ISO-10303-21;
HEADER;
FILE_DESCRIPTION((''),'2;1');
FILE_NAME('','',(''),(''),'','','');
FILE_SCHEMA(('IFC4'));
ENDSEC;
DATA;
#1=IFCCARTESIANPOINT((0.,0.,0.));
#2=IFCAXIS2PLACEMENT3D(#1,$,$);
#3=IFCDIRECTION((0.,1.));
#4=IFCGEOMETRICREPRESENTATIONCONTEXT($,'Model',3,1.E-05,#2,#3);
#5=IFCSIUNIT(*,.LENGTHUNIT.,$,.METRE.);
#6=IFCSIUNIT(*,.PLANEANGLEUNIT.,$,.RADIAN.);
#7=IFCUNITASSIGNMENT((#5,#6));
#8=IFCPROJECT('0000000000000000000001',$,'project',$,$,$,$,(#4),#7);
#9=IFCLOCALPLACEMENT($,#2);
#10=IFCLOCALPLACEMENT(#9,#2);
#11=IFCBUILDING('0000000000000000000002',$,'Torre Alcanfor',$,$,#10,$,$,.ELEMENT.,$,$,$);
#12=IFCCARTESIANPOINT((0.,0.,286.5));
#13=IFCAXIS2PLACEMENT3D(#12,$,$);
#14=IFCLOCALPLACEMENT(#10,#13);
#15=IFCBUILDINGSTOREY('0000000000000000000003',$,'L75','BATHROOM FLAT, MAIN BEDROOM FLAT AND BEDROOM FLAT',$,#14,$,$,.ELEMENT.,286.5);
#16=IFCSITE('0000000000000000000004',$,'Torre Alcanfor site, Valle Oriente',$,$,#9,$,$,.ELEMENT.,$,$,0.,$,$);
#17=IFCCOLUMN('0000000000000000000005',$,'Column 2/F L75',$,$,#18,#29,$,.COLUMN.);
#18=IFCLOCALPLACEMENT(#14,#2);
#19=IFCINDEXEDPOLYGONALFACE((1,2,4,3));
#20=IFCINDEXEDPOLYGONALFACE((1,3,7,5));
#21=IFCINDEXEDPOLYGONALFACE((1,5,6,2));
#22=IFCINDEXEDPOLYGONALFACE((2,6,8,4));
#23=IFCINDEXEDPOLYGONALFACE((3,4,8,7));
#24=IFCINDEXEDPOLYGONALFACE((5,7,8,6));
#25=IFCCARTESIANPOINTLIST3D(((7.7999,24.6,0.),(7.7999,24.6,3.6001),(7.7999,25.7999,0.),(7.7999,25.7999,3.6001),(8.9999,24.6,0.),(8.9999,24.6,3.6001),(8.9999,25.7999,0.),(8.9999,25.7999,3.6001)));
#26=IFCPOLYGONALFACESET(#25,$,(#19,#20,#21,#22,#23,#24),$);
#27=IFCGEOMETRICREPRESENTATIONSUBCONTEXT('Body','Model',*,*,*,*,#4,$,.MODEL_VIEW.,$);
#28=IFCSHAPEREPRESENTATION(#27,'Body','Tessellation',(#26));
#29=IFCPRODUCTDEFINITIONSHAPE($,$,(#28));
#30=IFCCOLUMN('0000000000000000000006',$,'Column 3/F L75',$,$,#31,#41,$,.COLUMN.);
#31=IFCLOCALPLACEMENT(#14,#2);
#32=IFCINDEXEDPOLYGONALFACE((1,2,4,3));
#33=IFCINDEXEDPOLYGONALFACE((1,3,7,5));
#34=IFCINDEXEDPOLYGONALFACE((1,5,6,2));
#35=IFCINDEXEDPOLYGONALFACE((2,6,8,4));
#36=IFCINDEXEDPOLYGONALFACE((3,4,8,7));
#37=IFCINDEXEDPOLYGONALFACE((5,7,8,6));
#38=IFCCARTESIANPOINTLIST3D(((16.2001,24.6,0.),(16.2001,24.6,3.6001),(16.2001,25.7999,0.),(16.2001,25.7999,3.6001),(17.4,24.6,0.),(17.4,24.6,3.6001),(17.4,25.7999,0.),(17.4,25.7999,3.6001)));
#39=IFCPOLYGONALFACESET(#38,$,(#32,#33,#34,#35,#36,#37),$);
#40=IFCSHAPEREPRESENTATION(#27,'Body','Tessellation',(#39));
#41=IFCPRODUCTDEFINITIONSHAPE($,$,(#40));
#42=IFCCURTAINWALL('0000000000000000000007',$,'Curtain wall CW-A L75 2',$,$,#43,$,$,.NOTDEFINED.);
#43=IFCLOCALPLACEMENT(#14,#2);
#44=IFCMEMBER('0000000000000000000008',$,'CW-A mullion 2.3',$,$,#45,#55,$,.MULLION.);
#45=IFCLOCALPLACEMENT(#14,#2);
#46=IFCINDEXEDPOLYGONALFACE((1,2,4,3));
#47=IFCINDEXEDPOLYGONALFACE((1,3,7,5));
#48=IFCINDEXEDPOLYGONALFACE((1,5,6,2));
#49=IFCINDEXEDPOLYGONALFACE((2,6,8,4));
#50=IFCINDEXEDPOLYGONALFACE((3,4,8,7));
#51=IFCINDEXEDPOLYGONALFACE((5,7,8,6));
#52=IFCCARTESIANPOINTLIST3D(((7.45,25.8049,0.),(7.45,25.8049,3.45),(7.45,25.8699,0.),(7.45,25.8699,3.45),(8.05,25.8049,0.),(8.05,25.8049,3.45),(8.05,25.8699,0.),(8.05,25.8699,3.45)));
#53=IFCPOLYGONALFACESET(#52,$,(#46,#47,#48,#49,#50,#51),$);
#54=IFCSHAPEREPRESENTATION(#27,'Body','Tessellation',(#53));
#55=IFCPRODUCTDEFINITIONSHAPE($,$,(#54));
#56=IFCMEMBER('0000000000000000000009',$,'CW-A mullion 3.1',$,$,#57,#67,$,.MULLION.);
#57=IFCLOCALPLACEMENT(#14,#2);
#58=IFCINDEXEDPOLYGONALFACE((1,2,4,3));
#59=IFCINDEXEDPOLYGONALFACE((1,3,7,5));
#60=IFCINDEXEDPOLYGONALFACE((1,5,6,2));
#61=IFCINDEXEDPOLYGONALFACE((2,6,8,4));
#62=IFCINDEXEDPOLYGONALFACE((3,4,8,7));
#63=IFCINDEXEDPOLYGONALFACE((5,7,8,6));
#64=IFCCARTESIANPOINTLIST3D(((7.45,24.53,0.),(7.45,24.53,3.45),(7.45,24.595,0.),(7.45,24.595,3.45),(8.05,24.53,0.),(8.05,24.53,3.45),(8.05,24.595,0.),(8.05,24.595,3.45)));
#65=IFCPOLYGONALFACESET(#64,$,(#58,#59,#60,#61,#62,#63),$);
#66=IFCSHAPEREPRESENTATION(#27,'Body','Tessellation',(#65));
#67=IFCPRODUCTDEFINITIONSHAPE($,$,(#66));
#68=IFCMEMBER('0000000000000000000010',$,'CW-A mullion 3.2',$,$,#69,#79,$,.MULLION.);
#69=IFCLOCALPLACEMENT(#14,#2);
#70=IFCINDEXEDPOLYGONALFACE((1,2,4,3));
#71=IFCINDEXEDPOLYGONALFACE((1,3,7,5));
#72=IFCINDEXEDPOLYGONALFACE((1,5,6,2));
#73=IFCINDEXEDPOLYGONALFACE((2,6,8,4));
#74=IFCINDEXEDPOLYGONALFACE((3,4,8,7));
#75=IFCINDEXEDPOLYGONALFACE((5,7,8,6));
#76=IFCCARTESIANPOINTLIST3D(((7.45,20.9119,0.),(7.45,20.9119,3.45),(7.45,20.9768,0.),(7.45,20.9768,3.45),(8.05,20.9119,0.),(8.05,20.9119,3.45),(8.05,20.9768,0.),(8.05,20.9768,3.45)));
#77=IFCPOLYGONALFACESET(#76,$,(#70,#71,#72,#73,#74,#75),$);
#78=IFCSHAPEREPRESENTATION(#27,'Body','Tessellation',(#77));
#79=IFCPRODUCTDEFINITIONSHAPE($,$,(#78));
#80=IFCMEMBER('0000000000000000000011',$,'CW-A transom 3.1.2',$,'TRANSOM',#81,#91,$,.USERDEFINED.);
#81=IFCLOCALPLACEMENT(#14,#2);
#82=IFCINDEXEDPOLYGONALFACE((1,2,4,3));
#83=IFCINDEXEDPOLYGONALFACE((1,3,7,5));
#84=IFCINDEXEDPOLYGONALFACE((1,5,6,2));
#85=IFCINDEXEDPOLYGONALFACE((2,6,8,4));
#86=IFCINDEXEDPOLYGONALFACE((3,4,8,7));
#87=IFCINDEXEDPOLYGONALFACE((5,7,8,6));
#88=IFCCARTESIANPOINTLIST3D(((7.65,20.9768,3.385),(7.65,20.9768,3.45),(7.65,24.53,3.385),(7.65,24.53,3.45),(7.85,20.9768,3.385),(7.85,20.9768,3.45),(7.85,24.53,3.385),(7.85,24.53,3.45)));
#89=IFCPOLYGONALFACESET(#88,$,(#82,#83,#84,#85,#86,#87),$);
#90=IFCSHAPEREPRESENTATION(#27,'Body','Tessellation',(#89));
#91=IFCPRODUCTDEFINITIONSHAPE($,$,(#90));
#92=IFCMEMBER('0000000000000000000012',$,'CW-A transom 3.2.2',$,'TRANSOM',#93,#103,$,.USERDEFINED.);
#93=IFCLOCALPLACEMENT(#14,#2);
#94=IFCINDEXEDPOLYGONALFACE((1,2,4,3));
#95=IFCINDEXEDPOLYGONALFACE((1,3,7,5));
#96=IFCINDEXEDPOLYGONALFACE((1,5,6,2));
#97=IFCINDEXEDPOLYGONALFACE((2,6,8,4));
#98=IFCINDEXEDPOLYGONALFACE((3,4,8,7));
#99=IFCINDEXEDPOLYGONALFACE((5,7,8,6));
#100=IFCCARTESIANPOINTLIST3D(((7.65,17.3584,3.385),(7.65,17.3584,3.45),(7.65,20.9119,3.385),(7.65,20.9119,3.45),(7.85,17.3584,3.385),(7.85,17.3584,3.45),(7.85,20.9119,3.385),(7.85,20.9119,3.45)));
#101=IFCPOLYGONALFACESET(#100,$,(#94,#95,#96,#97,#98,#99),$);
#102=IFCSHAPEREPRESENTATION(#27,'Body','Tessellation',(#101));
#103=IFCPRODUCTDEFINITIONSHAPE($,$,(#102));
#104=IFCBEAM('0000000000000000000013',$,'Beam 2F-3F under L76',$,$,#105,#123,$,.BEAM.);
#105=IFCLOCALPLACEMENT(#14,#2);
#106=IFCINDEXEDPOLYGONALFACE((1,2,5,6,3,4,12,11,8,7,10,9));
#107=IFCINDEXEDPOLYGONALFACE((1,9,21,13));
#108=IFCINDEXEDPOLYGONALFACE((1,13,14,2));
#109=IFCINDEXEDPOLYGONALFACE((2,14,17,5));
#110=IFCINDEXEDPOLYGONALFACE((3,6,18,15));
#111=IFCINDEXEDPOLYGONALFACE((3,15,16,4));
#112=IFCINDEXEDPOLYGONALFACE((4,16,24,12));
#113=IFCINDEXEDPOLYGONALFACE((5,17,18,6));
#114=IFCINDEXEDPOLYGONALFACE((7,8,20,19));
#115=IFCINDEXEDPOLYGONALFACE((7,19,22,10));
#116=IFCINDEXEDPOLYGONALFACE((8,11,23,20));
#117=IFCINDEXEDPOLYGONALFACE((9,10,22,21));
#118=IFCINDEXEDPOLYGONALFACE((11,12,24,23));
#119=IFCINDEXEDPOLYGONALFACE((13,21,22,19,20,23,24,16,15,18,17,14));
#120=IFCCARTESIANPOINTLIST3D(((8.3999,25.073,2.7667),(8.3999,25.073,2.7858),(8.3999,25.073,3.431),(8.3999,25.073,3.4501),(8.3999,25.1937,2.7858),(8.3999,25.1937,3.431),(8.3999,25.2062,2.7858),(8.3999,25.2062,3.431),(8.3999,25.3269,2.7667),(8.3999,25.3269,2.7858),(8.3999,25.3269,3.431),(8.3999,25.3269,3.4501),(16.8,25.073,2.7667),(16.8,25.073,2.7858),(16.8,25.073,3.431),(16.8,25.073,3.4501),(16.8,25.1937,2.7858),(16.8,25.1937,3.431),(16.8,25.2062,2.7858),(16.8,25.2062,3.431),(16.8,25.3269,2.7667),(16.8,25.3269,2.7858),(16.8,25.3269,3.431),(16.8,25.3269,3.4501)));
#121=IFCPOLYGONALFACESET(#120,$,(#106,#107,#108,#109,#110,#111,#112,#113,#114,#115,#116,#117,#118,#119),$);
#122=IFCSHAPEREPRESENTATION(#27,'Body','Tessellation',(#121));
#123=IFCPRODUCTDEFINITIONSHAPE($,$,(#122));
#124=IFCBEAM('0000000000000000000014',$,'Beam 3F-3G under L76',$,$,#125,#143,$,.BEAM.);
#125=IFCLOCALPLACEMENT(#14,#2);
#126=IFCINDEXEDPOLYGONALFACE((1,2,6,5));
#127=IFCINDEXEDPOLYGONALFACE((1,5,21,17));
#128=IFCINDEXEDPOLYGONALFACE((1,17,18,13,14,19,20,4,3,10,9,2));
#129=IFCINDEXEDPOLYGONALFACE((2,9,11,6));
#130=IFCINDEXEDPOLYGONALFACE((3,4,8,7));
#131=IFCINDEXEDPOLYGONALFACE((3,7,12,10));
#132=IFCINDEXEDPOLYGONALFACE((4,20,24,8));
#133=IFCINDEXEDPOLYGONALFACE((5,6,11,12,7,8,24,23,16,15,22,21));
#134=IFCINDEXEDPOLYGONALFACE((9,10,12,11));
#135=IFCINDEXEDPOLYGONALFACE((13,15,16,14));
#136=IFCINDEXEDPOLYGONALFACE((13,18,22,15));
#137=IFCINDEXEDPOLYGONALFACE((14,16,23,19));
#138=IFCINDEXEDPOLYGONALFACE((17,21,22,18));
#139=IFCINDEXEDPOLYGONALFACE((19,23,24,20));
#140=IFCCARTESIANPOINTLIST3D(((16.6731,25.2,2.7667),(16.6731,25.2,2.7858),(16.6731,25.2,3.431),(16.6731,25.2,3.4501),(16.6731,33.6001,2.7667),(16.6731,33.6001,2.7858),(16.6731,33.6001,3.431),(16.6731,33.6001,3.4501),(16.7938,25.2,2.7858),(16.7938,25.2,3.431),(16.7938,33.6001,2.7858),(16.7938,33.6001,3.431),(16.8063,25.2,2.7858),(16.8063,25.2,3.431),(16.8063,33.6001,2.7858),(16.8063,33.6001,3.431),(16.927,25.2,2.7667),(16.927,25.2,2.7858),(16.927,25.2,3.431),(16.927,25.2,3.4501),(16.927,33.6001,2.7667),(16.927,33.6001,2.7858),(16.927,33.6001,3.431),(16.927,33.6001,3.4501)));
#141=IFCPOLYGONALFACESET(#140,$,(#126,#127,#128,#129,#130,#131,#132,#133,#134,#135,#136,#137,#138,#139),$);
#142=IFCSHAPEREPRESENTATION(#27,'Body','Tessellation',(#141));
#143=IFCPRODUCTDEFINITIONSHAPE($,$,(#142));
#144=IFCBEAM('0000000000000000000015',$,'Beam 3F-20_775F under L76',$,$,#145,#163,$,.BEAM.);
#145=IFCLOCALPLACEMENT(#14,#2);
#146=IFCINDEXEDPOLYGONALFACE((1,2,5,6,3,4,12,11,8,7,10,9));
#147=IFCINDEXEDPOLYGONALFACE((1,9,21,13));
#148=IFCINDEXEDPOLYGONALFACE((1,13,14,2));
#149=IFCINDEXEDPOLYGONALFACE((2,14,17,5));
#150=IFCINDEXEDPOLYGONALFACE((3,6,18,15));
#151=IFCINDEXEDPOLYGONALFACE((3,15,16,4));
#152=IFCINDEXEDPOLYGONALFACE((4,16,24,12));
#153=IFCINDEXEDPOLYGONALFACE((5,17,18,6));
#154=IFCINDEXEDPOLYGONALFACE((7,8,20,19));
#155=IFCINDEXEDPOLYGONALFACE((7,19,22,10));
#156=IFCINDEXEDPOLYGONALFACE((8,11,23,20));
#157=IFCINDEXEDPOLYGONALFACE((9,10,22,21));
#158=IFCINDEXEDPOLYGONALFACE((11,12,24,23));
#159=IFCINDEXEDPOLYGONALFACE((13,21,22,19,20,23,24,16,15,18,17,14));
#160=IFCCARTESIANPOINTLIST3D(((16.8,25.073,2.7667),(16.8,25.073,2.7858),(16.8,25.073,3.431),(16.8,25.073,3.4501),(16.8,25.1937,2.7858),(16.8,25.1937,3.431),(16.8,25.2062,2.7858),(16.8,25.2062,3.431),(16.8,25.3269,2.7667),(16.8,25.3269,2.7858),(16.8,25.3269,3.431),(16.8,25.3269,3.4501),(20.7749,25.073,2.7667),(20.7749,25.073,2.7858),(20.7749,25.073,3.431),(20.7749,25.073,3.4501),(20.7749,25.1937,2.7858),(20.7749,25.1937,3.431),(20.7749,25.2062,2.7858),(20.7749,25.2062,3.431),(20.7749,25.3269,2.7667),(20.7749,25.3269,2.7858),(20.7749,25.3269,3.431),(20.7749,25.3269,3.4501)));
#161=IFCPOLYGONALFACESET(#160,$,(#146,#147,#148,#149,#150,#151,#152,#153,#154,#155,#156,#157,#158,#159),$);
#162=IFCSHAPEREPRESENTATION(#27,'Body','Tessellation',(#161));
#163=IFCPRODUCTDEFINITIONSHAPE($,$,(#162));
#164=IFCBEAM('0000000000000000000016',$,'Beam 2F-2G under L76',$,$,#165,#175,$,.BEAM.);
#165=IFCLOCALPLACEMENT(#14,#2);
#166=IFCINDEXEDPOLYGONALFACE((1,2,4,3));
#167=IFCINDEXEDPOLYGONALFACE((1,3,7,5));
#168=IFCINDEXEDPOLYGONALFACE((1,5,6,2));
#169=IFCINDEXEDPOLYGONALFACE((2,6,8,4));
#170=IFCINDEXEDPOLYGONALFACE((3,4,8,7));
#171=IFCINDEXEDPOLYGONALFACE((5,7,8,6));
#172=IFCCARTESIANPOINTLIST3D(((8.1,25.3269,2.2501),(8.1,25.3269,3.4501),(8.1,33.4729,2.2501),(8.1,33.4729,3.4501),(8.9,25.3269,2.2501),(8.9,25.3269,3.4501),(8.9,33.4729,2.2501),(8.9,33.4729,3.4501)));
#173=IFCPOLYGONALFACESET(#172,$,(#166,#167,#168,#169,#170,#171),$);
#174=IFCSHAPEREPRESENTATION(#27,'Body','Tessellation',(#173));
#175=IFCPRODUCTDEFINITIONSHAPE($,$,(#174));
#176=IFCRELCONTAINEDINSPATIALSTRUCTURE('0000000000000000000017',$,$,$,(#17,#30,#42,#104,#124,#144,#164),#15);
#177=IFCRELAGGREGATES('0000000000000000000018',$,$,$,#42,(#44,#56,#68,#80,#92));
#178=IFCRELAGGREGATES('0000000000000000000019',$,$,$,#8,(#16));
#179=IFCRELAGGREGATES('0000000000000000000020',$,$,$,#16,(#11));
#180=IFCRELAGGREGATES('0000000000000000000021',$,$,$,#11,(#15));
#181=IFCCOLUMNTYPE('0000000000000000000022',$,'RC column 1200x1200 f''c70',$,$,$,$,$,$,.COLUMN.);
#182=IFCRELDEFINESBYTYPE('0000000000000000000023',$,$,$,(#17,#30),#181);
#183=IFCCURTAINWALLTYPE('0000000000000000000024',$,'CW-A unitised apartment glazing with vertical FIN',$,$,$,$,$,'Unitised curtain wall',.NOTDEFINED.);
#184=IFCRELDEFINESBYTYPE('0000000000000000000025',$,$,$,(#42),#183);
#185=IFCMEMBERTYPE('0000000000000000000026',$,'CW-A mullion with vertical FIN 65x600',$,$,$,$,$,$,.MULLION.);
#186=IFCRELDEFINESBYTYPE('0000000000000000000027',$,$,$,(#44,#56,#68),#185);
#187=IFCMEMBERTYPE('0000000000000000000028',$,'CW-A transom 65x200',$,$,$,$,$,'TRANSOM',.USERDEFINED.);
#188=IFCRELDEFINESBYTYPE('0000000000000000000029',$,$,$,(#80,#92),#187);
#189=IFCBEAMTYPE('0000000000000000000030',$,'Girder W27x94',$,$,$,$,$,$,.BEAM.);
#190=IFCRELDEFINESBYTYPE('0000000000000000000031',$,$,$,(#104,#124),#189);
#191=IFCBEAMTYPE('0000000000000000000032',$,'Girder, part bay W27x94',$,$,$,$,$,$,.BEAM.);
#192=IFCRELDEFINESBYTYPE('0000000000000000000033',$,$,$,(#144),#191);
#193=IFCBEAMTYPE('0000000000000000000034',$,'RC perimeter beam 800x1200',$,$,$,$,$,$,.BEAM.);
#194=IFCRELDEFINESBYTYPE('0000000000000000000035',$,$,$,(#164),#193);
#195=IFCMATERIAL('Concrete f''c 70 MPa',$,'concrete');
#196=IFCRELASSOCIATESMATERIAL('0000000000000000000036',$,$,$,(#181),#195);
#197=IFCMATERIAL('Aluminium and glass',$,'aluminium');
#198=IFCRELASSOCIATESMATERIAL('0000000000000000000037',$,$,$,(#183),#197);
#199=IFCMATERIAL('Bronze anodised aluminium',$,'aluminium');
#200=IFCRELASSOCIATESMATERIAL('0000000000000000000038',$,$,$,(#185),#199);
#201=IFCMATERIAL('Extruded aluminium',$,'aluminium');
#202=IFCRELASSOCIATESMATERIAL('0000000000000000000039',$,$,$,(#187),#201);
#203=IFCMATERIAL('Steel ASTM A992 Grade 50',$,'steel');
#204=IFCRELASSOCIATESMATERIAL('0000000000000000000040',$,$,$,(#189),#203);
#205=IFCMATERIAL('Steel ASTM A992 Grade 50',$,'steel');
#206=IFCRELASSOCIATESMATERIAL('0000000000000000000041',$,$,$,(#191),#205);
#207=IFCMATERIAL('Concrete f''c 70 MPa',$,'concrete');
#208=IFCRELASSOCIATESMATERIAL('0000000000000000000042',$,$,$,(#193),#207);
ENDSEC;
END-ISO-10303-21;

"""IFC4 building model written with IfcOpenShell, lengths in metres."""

from ifc_helpers import new_model, si_unit, direction, frame, origin, origin_2d, place, context, subcontext, project, spatial, rectangle, i_section, extrude, material, material_profile, profile_set, type_object, element, aggregate, save


model = new_model("IFC4")

# Units and contexts
model_context = context("Model", 3, precision=1e-05, world=origin(), true_north=direction((0.0, 1.0)))
body_context = subcontext(model_context, "Body", "Model", "MODEL_VIEW")
ifc_project = project(units=[si_unit("LENGTHUNIT", "METRE"), si_unit("PLANEANGLEUNIT", "RADIAN")], contexts=[model_context])

# Site, building, storey
site_placement = place(None, origin())
site = spatial("IfcSite", under=ifc_project, at=site_placement, Name="Torre Alcanfor site, Valle Oriente", CompositionType="ELEMENT", RefElevation=0.0)
building_placement = place(site_placement, origin())
building = spatial("IfcBuilding", under=site, at=building_placement, Name="Torre Alcanfor", CompositionType="ELEMENT")
storey_placement = place(building_placement, frame((0.0, 0.0, 286.5)))
storey = spatial("IfcBuildingStorey", under=building, at=storey_placement, Name="L75", Description="BATHROOM FLAT, MAIN BEDROOM FLAT AND BEDROOM FLAT", CompositionType="ELEMENT", Elevation=286.5)

# Columns
ifc_material_1 = material(Name="Concrete f'c 70 MPa", Category="concrete")
ifc_material_profile_1 = material_profile(ifc_material_1, rectangle(XDim=1.2, YDim=1.2, at=origin_2d()), Name="1200x1200")
ifc_profile_set_1 = profile_set([ifc_material_profile_1], Name="Concrete f'c 70 MPa")
column_type = type_object("IfcColumnType", Name="RC column 1200x1200 f'c70", PredefinedType="COLUMN", material=ifc_profile_set_1)
for number, where, z_axis, x_axis, name in (
    (1, (8.3999, 25.2, 0.0), (0.0, 0.0, 1.0), (1.0, 0.0, 0.0), "Column 2/F L75"),
    (2, (16.8, 25.2, 0.0), (0.0, 0.0, 1.0), (1.0, 0.0, 0.0), "Column 3/F L75"),
):
    element("IfcColumn", number, at=place(storey_placement, frame(where, z_axis=z_axis, x_axis=x_axis)), inside=storey, type_object=column_type, Name=name, PredefinedType="COLUMN", context=body_context, shape_type="SweptSolid", body=[
        extrude(rectangle(XDim=1.2, YDim=1.2, at=origin_2d()), origin(), (0.0, 0.0, 1.0), 3.6001),
    ])

# Curtain wall, members
ifc_material_2 = material(Name="Aluminium and glass", Category="aluminium")
curtain_wall_type = type_object("IfcCurtainWallType", Name="CW-A unitised apartment glazing with vertical FIN", ElementType="Unitised curtain wall", PredefinedType="NOTDEFINED", material=ifc_material_2)
curtain_wall_placement = place(storey_placement, origin())
curtain_wall = element("IfcCurtainWall", 3, at=curtain_wall_placement, inside=storey, type_object=curtain_wall_type, Name="Curtain wall CW-A L75 2", PredefinedType="NOTDEFINED")
ifc_material_3 = material(Name="Bronze anodised aluminium", Category="aluminium")
ifc_material_profile_2 = material_profile(ifc_material_3, rectangle(XDim=0.6001, YDim=0.0649, at=origin_2d()), Name="CW-A mullion 65x600")
ifc_profile_set_2 = profile_set([ifc_material_profile_2], Name="Bronze anodised aluminium")
member_type_1 = type_object("IfcMemberType", Name="CW-A mullion with vertical FIN 65x600", PredefinedType="MULLION", material=ifc_profile_set_2)
member_1_placement = place(storey_placement, frame((7.75, 25.8374, 0.0), z_axis=(0.0, 0.0, 1.0), x_axis=(1.0, 0.0, 0.0)))
member_1 = element("IfcMember", 4, at=member_1_placement, type_object=member_type_1, Name="CW-A mullion 2.3", PredefinedType="MULLION", context=body_context, shape_type="SweptSolid", body=[
    extrude(rectangle(XDim=0.6001, YDim=0.0649, at=origin_2d()), origin(), (0.0, 0.0, 1.0), 3.45),
])
member_2_placement = place(storey_placement, frame((7.75, 24.5625, 0.0), z_axis=(0.0, 0.0, 1.0), x_axis=(1.0, 0.0, 0.0)))
member_2 = element("IfcMember", 5, at=member_2_placement, type_object=member_type_1, Name="CW-A mullion 3.1", PredefinedType="MULLION", context=body_context, shape_type="SweptSolid", body=[
    extrude(rectangle(XDim=0.6001, YDim=0.0649, at=origin_2d()), origin(), (0.0, 0.0, 1.0), 3.45),
])
member_3_placement = place(storey_placement, frame((7.75, 20.9443, 0.0), z_axis=(0.0, 0.0, 1.0), x_axis=(1.0, 0.0, 0.0)))
member_3 = element("IfcMember", 6, at=member_3_placement, type_object=member_type_1, Name="CW-A mullion 3.2", PredefinedType="MULLION", context=body_context, shape_type="SweptSolid", body=[
    extrude(rectangle(XDim=0.6001, YDim=0.0649, at=origin_2d()), origin(), (0.0, 0.0, 1.0), 3.45),
])
ifc_material_4 = material(Name="Extruded aluminium", Category="aluminium")
ifc_material_profile_3 = material_profile(ifc_material_4, rectangle(XDim=0.2, YDim=0.0649, at=origin_2d()), Name="CW-A transom 200x65")
ifc_profile_set_3 = profile_set([ifc_material_profile_3], Name="Extruded aluminium")
member_type_2 = type_object("IfcMemberType", Name="CW-A transom 65x200", ElementType="TRANSOM", PredefinedType="USERDEFINED", material=ifc_profile_set_3)
member_4_placement = place(storey_placement, frame((7.75, 24.53, 3.4175), z_axis=(0.0, -1.0, 0.0), x_axis=(1.0, 0.0, 0.0)))
member_4 = element("IfcMember", 7, at=member_4_placement, type_object=member_type_2, Name="CW-A transom 3.1.2", ObjectType="TRANSOM", PredefinedType="USERDEFINED", context=body_context, shape_type="SweptSolid", body=[
    extrude(rectangle(XDim=0.2, YDim=0.0649, at=origin_2d()), origin(), (0.0, 0.0, 1.0), 3.5532),
])
member_5_placement = place(storey_placement, frame((7.75, 20.9119, 3.4175), z_axis=(0.0, -1.0, 0.0), x_axis=(1.0, 0.0, 0.0)))
member_5 = element("IfcMember", 8, at=member_5_placement, type_object=member_type_2, Name="CW-A transom 3.2.2", ObjectType="TRANSOM", PredefinedType="USERDEFINED", context=body_context, shape_type="SweptSolid", body=[
    extrude(rectangle(XDim=0.2, YDim=0.0649, at=origin_2d()), origin(), (0.0, 0.0, 1.0), 3.5535),
])

# Beams
ifc_material_5 = material(Name="Steel ASTM A992 Grade 50", Category="steel")
ifc_material_profile_4 = material_profile(ifc_material_5, i_section(OverallWidth=0.2539, OverallDepth=0.6833, WebThickness=0.0125, FlangeThickness=0.019, at=origin_2d()), Name="W27x94")
ifc_profile_set_4 = profile_set([ifc_material_profile_4], Name="Steel ASTM A992 Grade 50")
beam_type_1 = type_object("IfcBeamType", Name="Girder W27x94", PredefinedType="BEAM", material=ifc_profile_set_4)
for number, where, z_axis, x_axis, name in (
    (9, (8.3999, 25.2, 3.1084), (1.0, 0.0, 0.0), (0.0, 1.0, 0.0), "Beam 2F-3F under L76"),
    (10, (16.8, 25.2, 3.1084), (0.0, 1.0, 0.0), (-1.0, 0.0, 0.0), "Beam 3F-3G under L76"),
):
    element("IfcBeam", number, at=place(storey_placement, frame(where, z_axis=z_axis, x_axis=x_axis)), inside=storey, type_object=beam_type_1, Name=name, PredefinedType="BEAM", context=body_context, shape_type="SweptSolid", body=[
        extrude(i_section(OverallWidth=0.2539, OverallDepth=0.6833, WebThickness=0.0125, FlangeThickness=0.019, at=origin_2d()), origin(), (0.0, 0.0, 1.0), 8.4001),
    ])
ifc_material_6 = material(Name="Steel ASTM A992 Grade 50", Category="steel")
ifc_material_profile_5 = material_profile(ifc_material_6, i_section(OverallWidth=0.2539, OverallDepth=0.6833, WebThickness=0.0125, FlangeThickness=0.019, at=origin_2d()), Name="W27x94")
ifc_profile_set_5 = profile_set([ifc_material_profile_5], Name="Steel ASTM A992 Grade 50")
beam_type_2 = type_object("IfcBeamType", Name="Girder, part bay W27x94", PredefinedType="BEAM", material=ifc_profile_set_5)
beam_1_placement = place(storey_placement, frame((16.8, 25.2, 3.1084), z_axis=(1.0, 0.0, 0.0), x_axis=(0.0, 1.0, 0.0)))
element("IfcBeam", 11, at=beam_1_placement, inside=storey, type_object=beam_type_2, Name="Beam 3F-20_775F under L76", PredefinedType="BEAM", context=body_context, shape_type="SweptSolid", body=[
    extrude(i_section(OverallWidth=0.2539, OverallDepth=0.6833, WebThickness=0.0125, FlangeThickness=0.019, at=origin_2d()), origin(), (0.0, 0.0, 1.0), 3.9749),
])
ifc_material_7 = material(Name="Concrete f'c 70 MPa", Category="concrete")
ifc_material_profile_6 = material_profile(ifc_material_7, rectangle(XDim=0.8, YDim=1.2, at=origin_2d()), Name="800x1200")
ifc_profile_set_6 = profile_set([ifc_material_profile_6], Name="Concrete f'c 70 MPa")
beam_type_3 = type_object("IfcBeamType", Name="RC perimeter beam 800x1200", PredefinedType="BEAM", material=ifc_profile_set_6)
beam_2_placement = place(storey_placement, frame((8.5, 25.3269, 2.8501), z_axis=(0.0, 1.0, 0.0), x_axis=(-1.0, 0.0, 0.0)))
element("IfcBeam", 12, at=beam_2_placement, inside=storey, type_object=beam_type_3, Name="Beam 2F-2G under L76", PredefinedType="BEAM", context=body_context, shape_type="SweptSolid", body=[
    extrude(rectangle(XDim=0.8, YDim=1.2, at=origin_2d()), origin(), (0.0, 0.0, 1.0), 8.146),
])

aggregate(curtain_wall, [member_1, member_2, member_3, member_4, member_5])

save(model, "model.ifc")
